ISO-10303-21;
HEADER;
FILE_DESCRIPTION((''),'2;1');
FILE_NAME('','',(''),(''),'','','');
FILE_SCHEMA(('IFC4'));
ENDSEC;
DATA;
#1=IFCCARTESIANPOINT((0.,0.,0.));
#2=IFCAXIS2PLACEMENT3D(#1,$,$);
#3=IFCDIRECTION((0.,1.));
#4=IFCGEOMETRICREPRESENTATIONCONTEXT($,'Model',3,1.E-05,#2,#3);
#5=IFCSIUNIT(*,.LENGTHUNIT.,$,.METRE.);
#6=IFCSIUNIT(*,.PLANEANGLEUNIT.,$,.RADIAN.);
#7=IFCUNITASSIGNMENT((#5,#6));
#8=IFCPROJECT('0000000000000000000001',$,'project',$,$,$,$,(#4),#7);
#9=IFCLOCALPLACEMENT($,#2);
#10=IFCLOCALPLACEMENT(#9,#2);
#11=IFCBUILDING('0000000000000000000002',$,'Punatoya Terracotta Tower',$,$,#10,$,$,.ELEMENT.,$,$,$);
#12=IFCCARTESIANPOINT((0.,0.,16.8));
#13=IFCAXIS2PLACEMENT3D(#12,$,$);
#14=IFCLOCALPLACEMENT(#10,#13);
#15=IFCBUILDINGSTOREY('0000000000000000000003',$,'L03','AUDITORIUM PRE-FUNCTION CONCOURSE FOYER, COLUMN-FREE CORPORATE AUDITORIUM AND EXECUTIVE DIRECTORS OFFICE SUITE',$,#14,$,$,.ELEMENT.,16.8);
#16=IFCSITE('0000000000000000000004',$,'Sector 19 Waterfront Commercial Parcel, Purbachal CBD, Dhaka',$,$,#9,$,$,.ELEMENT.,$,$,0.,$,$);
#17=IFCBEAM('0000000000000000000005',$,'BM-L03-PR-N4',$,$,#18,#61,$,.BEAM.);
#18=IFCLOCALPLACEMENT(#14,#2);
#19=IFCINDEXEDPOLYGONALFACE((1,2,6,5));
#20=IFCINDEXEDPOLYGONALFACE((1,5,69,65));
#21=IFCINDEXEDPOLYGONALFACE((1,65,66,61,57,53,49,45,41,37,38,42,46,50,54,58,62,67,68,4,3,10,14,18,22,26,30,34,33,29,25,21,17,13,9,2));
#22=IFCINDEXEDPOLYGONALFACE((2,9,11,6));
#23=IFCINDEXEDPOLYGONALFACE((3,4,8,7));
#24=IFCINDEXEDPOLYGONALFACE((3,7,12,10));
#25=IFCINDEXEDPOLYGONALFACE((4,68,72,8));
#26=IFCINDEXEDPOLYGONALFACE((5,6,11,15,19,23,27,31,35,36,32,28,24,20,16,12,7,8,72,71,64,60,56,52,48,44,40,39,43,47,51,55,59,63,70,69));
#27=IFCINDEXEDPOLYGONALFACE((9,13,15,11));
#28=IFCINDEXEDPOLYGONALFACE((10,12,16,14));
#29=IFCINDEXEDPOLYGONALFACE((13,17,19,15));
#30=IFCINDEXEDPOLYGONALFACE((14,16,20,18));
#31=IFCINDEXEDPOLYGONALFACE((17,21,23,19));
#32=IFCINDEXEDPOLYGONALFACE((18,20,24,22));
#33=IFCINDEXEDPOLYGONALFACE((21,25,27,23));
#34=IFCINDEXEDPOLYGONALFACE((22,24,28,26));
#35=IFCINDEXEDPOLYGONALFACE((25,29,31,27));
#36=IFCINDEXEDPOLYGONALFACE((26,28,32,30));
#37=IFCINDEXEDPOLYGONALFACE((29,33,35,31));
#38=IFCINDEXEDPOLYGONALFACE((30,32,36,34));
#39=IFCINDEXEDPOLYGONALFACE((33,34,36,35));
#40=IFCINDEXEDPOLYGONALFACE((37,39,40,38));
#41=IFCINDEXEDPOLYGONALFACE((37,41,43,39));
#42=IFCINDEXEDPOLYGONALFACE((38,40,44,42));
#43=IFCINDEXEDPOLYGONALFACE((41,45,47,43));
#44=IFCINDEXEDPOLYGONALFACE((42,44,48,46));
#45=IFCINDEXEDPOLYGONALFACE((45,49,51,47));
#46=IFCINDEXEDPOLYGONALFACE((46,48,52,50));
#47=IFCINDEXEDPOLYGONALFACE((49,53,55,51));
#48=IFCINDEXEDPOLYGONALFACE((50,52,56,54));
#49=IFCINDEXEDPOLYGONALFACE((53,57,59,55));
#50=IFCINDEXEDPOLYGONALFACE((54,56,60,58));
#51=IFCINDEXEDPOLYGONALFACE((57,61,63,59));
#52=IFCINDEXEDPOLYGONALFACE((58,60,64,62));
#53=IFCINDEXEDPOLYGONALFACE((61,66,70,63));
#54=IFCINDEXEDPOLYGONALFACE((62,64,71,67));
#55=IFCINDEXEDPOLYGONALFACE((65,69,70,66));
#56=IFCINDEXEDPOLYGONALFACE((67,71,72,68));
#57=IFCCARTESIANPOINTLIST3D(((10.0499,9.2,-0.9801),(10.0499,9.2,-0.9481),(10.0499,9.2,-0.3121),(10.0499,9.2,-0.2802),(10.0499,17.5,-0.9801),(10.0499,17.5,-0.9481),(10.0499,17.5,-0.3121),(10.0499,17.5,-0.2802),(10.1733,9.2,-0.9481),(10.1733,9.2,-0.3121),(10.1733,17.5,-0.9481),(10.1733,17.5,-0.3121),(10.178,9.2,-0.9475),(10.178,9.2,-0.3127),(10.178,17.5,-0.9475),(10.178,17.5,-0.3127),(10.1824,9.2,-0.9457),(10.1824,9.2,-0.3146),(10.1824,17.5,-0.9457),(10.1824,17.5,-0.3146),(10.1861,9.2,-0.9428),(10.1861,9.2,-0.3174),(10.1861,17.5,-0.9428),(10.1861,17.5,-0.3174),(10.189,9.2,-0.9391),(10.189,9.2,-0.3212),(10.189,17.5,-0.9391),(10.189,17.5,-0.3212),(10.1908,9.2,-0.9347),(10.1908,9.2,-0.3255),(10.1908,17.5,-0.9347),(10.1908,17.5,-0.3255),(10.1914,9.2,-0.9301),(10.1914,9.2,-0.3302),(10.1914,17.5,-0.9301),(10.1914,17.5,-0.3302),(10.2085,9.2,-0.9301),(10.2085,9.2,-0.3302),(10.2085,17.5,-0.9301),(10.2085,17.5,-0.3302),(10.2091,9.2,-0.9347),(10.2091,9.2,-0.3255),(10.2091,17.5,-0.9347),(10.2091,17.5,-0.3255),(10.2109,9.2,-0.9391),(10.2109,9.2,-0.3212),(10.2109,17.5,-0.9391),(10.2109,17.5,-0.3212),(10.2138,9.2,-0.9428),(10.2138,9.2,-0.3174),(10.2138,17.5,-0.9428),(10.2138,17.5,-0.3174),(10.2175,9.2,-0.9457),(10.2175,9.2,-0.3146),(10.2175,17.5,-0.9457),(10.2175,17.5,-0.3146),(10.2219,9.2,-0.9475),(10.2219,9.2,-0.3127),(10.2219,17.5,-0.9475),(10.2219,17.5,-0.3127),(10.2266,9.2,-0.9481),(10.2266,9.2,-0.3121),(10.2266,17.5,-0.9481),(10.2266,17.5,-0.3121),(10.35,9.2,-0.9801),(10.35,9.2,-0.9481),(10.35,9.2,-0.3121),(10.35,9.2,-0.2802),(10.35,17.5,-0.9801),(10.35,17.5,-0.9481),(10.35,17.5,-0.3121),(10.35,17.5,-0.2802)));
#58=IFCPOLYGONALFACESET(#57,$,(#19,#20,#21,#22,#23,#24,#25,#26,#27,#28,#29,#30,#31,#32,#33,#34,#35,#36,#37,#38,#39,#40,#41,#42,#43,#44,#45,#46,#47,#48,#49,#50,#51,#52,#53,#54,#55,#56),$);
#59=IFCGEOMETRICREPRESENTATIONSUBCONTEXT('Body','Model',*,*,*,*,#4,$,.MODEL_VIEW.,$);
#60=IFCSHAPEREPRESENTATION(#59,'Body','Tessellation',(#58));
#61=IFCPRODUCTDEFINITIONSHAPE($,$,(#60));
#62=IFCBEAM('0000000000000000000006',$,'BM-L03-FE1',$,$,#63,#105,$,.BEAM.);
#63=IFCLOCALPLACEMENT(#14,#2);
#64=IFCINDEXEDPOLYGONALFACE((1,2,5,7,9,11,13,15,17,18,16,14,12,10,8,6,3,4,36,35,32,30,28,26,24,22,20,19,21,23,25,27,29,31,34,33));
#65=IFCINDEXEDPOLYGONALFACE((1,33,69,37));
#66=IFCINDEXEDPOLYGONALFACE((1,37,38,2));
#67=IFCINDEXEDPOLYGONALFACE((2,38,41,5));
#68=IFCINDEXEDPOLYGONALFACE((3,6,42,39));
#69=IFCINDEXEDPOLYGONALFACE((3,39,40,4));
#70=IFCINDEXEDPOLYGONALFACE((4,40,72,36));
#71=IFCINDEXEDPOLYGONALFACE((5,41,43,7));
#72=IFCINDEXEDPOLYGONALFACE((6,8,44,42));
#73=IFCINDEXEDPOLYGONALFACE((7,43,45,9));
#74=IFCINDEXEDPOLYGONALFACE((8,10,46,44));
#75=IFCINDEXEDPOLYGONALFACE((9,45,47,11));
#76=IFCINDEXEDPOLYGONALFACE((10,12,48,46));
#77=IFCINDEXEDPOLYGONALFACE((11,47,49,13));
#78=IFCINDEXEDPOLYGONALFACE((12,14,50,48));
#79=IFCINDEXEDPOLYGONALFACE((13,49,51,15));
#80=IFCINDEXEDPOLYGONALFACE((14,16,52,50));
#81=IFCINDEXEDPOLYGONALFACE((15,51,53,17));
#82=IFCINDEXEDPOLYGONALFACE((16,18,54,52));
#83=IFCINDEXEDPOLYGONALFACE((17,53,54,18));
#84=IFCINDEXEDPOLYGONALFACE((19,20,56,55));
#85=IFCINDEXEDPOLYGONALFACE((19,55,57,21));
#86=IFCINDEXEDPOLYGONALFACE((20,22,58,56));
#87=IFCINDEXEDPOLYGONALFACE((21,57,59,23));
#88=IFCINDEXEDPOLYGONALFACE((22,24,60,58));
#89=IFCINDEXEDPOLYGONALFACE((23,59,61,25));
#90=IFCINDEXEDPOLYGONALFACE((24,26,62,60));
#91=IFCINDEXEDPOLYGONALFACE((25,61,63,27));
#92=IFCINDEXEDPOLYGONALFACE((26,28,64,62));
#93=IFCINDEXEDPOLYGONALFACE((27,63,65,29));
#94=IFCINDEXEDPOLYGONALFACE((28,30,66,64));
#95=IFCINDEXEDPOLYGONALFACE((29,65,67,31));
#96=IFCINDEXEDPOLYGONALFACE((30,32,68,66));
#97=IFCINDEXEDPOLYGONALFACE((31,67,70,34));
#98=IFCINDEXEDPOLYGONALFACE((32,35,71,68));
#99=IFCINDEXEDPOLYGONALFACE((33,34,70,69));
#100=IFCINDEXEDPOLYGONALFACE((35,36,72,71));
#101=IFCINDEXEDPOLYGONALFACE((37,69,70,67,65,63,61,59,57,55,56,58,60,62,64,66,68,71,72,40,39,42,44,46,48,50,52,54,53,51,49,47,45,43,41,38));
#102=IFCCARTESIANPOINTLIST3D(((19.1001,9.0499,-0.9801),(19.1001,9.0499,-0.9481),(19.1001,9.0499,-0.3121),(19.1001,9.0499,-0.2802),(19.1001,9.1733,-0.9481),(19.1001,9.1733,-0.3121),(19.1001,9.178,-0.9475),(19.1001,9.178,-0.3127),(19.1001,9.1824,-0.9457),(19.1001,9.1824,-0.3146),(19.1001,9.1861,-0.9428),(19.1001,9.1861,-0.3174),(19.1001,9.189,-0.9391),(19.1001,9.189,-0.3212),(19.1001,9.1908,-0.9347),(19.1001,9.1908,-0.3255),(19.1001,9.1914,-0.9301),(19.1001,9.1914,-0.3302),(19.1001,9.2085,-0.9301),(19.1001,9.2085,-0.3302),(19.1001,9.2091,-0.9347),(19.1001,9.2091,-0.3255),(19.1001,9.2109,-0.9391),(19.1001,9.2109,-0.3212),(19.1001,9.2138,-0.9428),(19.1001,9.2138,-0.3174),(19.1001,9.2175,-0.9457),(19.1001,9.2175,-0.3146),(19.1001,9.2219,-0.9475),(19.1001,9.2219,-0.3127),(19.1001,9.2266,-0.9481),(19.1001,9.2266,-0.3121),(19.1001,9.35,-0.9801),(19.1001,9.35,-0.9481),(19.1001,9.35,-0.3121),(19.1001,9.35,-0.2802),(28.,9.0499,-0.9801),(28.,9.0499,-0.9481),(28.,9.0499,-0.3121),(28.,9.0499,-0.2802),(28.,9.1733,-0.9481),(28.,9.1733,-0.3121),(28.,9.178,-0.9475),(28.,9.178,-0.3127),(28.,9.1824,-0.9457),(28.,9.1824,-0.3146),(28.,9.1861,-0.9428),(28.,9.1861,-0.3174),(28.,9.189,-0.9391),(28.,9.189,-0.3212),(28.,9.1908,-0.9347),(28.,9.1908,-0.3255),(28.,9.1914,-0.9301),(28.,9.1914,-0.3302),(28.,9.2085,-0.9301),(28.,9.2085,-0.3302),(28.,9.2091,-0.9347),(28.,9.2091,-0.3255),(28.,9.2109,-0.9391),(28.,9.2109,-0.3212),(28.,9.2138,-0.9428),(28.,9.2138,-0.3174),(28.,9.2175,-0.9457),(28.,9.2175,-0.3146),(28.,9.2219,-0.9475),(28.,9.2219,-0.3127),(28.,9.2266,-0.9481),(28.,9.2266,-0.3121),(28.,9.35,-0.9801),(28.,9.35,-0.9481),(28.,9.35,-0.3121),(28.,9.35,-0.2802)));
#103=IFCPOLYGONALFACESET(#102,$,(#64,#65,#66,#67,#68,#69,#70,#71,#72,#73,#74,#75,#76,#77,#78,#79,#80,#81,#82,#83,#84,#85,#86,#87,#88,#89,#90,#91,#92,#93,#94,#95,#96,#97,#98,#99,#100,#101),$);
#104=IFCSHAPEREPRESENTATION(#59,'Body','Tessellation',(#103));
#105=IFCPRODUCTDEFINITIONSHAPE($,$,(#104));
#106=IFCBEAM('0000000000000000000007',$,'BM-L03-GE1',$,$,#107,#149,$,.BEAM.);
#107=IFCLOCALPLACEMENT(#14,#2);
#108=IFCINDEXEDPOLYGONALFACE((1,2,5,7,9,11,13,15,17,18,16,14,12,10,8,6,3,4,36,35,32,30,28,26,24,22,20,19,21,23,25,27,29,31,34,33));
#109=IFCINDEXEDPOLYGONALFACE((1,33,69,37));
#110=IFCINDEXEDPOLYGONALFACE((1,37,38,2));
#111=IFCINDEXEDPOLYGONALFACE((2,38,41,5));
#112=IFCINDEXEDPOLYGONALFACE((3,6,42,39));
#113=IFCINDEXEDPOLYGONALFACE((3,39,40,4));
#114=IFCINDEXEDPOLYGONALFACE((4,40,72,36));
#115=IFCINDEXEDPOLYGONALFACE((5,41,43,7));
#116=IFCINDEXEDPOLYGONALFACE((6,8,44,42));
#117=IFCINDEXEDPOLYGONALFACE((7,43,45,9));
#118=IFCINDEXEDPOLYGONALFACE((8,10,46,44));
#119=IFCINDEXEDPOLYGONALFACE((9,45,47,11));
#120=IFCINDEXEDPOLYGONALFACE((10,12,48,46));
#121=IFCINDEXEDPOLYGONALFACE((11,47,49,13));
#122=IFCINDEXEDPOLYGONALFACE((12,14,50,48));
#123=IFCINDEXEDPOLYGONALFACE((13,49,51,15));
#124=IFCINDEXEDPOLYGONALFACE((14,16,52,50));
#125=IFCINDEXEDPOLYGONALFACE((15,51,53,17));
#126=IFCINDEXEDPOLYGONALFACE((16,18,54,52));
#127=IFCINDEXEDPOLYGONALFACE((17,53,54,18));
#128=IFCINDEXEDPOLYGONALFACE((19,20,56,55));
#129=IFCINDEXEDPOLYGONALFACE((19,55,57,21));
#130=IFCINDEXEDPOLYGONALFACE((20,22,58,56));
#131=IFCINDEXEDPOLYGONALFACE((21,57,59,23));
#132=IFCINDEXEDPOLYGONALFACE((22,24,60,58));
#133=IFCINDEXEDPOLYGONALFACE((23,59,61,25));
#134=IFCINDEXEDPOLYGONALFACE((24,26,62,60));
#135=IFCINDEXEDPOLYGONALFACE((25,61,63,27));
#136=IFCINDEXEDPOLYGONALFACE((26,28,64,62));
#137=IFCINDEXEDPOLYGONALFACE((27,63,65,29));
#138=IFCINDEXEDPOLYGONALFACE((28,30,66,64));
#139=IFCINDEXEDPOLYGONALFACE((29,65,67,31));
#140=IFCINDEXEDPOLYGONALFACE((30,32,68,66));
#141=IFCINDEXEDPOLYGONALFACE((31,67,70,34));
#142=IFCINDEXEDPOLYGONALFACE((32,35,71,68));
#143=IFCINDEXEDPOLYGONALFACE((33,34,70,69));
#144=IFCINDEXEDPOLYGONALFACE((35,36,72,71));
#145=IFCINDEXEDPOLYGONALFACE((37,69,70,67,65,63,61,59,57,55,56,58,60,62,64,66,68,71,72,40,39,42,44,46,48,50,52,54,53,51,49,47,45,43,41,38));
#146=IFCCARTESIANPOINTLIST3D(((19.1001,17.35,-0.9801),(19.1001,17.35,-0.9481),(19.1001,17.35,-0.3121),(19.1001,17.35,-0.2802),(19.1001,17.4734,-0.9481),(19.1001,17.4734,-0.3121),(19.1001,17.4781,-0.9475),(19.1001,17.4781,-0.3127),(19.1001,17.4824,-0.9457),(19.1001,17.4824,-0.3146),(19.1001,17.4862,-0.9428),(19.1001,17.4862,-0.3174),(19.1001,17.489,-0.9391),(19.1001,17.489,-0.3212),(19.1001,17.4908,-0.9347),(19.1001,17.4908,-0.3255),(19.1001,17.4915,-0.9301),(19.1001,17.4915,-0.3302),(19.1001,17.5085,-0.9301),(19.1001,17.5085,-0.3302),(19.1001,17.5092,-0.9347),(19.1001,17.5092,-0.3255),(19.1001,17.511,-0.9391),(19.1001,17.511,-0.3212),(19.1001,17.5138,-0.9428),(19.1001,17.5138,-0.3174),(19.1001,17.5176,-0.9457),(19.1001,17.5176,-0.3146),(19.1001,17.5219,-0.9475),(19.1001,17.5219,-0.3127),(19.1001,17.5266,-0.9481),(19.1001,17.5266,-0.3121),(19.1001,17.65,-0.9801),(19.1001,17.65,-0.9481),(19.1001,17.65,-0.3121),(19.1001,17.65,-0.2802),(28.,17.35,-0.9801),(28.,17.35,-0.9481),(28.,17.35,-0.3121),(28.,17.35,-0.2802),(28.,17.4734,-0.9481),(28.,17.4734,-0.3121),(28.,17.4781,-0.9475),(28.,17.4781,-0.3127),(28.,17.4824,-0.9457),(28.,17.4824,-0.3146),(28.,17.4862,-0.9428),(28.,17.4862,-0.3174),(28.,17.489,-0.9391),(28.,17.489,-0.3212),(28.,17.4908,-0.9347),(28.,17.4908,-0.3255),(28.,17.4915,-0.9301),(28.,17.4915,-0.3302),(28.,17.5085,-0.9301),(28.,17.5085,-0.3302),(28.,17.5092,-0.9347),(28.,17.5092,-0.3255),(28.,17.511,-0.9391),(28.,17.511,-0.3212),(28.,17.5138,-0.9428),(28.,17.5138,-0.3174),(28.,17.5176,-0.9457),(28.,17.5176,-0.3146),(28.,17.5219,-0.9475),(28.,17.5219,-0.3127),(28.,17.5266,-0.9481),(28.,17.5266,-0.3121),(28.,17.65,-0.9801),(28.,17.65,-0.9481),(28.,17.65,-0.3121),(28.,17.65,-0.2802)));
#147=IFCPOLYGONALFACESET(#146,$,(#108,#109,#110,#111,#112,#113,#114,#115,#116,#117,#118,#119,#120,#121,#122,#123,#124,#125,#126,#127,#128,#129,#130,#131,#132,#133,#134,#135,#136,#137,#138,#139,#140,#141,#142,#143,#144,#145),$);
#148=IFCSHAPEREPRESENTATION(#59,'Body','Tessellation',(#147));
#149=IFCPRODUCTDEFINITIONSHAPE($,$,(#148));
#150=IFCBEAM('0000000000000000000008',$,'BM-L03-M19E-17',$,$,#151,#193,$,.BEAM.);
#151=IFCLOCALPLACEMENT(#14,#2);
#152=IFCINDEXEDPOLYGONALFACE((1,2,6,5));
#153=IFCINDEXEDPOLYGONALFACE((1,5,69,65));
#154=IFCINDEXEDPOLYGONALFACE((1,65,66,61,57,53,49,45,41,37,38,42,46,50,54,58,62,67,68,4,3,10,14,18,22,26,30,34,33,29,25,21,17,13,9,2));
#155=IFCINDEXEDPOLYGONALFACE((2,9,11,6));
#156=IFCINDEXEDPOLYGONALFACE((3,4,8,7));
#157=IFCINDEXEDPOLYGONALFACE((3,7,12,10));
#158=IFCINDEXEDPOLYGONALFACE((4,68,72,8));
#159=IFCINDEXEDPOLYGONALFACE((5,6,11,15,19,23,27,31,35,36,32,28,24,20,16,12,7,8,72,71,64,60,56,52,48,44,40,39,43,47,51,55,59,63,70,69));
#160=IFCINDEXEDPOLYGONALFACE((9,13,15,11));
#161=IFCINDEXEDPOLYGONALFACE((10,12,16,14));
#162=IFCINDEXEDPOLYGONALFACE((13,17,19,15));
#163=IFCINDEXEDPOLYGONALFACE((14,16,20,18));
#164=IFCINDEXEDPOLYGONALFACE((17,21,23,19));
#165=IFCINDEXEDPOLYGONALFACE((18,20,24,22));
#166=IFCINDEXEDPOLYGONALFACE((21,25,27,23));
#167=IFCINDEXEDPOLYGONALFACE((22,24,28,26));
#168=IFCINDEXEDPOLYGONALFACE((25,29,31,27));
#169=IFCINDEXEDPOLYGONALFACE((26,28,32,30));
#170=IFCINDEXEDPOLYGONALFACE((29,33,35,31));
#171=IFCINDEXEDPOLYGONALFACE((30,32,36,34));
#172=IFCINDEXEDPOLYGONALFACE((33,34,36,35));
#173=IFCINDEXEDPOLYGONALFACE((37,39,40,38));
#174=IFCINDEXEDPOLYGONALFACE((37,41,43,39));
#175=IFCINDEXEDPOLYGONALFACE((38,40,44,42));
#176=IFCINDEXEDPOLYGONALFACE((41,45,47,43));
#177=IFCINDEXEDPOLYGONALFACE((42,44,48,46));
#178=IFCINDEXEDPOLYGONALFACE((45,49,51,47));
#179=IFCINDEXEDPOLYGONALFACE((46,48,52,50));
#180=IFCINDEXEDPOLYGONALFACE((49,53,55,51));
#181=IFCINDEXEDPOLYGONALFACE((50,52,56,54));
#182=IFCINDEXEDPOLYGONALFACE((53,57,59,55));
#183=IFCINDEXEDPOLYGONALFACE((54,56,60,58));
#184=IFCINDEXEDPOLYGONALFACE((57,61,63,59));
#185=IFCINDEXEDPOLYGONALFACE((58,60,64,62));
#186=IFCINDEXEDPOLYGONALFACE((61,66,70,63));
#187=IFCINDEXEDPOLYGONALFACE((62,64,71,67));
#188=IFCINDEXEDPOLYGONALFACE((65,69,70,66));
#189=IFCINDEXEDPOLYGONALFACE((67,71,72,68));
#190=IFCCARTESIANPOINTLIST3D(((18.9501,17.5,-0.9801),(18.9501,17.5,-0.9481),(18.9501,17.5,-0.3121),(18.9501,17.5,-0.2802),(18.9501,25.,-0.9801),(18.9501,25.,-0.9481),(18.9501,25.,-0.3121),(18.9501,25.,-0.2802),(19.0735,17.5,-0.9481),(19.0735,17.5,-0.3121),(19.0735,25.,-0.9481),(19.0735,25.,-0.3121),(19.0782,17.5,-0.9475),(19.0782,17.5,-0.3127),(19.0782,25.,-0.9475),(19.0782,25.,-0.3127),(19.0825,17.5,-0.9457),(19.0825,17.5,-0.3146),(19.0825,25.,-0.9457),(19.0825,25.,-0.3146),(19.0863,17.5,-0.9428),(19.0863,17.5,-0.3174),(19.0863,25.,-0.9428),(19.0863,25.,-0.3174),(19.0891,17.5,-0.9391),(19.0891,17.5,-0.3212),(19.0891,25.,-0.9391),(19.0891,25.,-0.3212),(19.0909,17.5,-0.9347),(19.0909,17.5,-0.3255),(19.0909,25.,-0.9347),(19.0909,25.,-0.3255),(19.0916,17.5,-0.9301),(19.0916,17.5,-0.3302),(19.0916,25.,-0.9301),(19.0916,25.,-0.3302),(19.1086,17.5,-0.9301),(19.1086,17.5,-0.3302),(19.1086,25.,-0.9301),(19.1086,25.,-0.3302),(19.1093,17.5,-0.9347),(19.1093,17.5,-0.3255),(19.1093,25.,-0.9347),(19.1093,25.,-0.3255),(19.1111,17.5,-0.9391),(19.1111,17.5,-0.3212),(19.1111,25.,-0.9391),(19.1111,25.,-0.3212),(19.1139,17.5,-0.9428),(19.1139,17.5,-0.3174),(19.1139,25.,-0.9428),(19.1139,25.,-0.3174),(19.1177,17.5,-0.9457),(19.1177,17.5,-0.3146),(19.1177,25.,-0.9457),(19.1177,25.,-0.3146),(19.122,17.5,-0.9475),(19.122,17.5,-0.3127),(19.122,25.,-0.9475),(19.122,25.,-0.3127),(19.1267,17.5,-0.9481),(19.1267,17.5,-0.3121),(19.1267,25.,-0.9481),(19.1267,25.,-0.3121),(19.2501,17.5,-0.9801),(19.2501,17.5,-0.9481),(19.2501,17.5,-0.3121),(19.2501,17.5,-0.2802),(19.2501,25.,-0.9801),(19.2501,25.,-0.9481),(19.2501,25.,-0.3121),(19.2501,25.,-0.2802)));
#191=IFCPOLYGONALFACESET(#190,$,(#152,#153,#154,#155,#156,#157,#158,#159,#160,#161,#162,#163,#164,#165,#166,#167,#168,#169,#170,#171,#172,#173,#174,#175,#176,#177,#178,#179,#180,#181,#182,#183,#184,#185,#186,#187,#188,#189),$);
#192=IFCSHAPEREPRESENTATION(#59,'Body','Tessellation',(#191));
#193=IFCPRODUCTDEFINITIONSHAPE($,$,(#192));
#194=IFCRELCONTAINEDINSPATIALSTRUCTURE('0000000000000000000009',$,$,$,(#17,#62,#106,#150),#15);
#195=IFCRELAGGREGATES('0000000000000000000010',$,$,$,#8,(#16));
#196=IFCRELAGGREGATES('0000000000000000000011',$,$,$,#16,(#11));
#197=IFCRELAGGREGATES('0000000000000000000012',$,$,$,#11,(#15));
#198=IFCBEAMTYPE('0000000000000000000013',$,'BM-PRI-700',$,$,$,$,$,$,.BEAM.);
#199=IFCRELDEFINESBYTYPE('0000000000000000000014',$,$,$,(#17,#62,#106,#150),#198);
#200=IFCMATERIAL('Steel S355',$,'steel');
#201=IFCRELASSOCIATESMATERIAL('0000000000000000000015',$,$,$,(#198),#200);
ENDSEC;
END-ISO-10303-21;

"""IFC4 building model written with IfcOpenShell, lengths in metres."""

from ifc_helpers import new_model, si_unit, direction, frame, origin, origin_2d, place, context, subcontext, project, spatial, i_section, extrude, material, material_profile, profile_set, type_object, element, save


model = new_model("IFC4")

# Units and contexts
model_context = context("Model", 3, precision=1e-05, world=origin(), true_north=direction((0.0, 1.0)))
body_context = subcontext(model_context, "Body", "Model", "MODEL_VIEW")
ifc_project = project(units=[si_unit("LENGTHUNIT", "METRE"), si_unit("PLANEANGLEUNIT", "RADIAN")], contexts=[model_context])

# Site, building, storey
site_placement = place(None, origin())
site = spatial("IfcSite", under=ifc_project, at=site_placement, Name="Sector 19 Waterfront Commercial Parcel, Purbachal CBD, Dhaka", CompositionType="ELEMENT", RefElevation=0.0)
building_placement = place(site_placement, origin())
building = spatial("IfcBuilding", under=site, at=building_placement, Name="Punatoya Terracotta Tower", CompositionType="ELEMENT")
storey_placement = place(building_placement, frame((0.0, 0.0, 16.8)))
storey = spatial("IfcBuildingStorey", under=building, at=storey_placement, Name="L03", Description="AUDITORIUM PRE-FUNCTION CONCOURSE FOYER, COLUMN-FREE CORPORATE AUDITORIUM AND EXECUTIVE DIRECTORS OFFICE SUITE", CompositionType="ELEMENT", Elevation=16.8)

# Beams
ifc_material_1 = material(Name="Steel S355", Category="steel")
ifc_material_profile_1 = material_profile(ifc_material_1, i_section(OverallWidth=0.3, OverallDepth=0.7, WebThickness=0.0171, FlangeThickness=0.032, FilletRadius=0.0181, at=origin_2d()))
ifc_profile_set_1 = profile_set([ifc_material_profile_1], Name="Steel S355")
beam_type_1 = type_object("IfcBeamType", Name="BM-PRI-700", PredefinedType="BEAM", material=ifc_profile_set_1)
for number, where, z_axis, x_axis, name in (
    (1, (10.2, 9.2, -0.6301), (0.0, 1.0, 0.0), (-1.0, 0.0, 0.0), "BM-L03-PR-N4"),
):
    element("IfcBeam", number, at=place(storey_placement, frame(where, z_axis=z_axis, x_axis=x_axis)), inside=storey, type_object=beam_type_1, Name=name, PredefinedType="BEAM", context=body_context, shape_type="SweptSolid", body=[
        extrude(i_section(OverallWidth=0.3, OverallDepth=0.7, WebThickness=0.0171, FlangeThickness=0.032, FilletRadius=0.0181, at=origin_2d()), origin(), (0.0, 0.0, 1.0), 8.3),
    ])
for number, where, z_axis, x_axis, name in (
    (2, (19.1001, 9.2, -0.6301), (1.0, 0.0, 0.0), (0.0, 1.0, 0.0), "BM-L03-FE1"),
    (3, (19.1001, 17.5, -0.6301), (1.0, 0.0, 0.0), (0.0, 1.0, 0.0), "BM-L03-GE1"),
):
    element("IfcBeam", number, at=place(storey_placement, frame(where, z_axis=z_axis, x_axis=x_axis)), inside=storey, type_object=beam_type_1, Name=name, PredefinedType="BEAM", context=body_context, shape_type="SweptSolid", body=[
        extrude(i_section(OverallWidth=0.3, OverallDepth=0.7, WebThickness=0.0171, FlangeThickness=0.032, FilletRadius=0.0181, at=origin_2d()), origin(), (0.0, 0.0, 1.0), 8.8999),
    ])
for number, where, z_axis, x_axis, name in (
    (4, (19.1001, 17.5, -0.6301), (0.0, 1.0, 0.0), (-1.0, 0.0, 0.0), "BM-L03-M19E-17"),
):
    element("IfcBeam", number, at=place(storey_placement, frame(where, z_axis=z_axis, x_axis=x_axis)), inside=storey, type_object=beam_type_1, Name=name, PredefinedType="BEAM", context=body_context, shape_type="SweptSolid", body=[
        extrude(i_section(OverallWidth=0.3, OverallDepth=0.7, WebThickness=0.0171, FlangeThickness=0.032, FilletRadius=0.0181, at=origin_2d()), origin(), (0.0, 0.0, 1.0), 7.5),
    ])

save(model, "model.ifc")
